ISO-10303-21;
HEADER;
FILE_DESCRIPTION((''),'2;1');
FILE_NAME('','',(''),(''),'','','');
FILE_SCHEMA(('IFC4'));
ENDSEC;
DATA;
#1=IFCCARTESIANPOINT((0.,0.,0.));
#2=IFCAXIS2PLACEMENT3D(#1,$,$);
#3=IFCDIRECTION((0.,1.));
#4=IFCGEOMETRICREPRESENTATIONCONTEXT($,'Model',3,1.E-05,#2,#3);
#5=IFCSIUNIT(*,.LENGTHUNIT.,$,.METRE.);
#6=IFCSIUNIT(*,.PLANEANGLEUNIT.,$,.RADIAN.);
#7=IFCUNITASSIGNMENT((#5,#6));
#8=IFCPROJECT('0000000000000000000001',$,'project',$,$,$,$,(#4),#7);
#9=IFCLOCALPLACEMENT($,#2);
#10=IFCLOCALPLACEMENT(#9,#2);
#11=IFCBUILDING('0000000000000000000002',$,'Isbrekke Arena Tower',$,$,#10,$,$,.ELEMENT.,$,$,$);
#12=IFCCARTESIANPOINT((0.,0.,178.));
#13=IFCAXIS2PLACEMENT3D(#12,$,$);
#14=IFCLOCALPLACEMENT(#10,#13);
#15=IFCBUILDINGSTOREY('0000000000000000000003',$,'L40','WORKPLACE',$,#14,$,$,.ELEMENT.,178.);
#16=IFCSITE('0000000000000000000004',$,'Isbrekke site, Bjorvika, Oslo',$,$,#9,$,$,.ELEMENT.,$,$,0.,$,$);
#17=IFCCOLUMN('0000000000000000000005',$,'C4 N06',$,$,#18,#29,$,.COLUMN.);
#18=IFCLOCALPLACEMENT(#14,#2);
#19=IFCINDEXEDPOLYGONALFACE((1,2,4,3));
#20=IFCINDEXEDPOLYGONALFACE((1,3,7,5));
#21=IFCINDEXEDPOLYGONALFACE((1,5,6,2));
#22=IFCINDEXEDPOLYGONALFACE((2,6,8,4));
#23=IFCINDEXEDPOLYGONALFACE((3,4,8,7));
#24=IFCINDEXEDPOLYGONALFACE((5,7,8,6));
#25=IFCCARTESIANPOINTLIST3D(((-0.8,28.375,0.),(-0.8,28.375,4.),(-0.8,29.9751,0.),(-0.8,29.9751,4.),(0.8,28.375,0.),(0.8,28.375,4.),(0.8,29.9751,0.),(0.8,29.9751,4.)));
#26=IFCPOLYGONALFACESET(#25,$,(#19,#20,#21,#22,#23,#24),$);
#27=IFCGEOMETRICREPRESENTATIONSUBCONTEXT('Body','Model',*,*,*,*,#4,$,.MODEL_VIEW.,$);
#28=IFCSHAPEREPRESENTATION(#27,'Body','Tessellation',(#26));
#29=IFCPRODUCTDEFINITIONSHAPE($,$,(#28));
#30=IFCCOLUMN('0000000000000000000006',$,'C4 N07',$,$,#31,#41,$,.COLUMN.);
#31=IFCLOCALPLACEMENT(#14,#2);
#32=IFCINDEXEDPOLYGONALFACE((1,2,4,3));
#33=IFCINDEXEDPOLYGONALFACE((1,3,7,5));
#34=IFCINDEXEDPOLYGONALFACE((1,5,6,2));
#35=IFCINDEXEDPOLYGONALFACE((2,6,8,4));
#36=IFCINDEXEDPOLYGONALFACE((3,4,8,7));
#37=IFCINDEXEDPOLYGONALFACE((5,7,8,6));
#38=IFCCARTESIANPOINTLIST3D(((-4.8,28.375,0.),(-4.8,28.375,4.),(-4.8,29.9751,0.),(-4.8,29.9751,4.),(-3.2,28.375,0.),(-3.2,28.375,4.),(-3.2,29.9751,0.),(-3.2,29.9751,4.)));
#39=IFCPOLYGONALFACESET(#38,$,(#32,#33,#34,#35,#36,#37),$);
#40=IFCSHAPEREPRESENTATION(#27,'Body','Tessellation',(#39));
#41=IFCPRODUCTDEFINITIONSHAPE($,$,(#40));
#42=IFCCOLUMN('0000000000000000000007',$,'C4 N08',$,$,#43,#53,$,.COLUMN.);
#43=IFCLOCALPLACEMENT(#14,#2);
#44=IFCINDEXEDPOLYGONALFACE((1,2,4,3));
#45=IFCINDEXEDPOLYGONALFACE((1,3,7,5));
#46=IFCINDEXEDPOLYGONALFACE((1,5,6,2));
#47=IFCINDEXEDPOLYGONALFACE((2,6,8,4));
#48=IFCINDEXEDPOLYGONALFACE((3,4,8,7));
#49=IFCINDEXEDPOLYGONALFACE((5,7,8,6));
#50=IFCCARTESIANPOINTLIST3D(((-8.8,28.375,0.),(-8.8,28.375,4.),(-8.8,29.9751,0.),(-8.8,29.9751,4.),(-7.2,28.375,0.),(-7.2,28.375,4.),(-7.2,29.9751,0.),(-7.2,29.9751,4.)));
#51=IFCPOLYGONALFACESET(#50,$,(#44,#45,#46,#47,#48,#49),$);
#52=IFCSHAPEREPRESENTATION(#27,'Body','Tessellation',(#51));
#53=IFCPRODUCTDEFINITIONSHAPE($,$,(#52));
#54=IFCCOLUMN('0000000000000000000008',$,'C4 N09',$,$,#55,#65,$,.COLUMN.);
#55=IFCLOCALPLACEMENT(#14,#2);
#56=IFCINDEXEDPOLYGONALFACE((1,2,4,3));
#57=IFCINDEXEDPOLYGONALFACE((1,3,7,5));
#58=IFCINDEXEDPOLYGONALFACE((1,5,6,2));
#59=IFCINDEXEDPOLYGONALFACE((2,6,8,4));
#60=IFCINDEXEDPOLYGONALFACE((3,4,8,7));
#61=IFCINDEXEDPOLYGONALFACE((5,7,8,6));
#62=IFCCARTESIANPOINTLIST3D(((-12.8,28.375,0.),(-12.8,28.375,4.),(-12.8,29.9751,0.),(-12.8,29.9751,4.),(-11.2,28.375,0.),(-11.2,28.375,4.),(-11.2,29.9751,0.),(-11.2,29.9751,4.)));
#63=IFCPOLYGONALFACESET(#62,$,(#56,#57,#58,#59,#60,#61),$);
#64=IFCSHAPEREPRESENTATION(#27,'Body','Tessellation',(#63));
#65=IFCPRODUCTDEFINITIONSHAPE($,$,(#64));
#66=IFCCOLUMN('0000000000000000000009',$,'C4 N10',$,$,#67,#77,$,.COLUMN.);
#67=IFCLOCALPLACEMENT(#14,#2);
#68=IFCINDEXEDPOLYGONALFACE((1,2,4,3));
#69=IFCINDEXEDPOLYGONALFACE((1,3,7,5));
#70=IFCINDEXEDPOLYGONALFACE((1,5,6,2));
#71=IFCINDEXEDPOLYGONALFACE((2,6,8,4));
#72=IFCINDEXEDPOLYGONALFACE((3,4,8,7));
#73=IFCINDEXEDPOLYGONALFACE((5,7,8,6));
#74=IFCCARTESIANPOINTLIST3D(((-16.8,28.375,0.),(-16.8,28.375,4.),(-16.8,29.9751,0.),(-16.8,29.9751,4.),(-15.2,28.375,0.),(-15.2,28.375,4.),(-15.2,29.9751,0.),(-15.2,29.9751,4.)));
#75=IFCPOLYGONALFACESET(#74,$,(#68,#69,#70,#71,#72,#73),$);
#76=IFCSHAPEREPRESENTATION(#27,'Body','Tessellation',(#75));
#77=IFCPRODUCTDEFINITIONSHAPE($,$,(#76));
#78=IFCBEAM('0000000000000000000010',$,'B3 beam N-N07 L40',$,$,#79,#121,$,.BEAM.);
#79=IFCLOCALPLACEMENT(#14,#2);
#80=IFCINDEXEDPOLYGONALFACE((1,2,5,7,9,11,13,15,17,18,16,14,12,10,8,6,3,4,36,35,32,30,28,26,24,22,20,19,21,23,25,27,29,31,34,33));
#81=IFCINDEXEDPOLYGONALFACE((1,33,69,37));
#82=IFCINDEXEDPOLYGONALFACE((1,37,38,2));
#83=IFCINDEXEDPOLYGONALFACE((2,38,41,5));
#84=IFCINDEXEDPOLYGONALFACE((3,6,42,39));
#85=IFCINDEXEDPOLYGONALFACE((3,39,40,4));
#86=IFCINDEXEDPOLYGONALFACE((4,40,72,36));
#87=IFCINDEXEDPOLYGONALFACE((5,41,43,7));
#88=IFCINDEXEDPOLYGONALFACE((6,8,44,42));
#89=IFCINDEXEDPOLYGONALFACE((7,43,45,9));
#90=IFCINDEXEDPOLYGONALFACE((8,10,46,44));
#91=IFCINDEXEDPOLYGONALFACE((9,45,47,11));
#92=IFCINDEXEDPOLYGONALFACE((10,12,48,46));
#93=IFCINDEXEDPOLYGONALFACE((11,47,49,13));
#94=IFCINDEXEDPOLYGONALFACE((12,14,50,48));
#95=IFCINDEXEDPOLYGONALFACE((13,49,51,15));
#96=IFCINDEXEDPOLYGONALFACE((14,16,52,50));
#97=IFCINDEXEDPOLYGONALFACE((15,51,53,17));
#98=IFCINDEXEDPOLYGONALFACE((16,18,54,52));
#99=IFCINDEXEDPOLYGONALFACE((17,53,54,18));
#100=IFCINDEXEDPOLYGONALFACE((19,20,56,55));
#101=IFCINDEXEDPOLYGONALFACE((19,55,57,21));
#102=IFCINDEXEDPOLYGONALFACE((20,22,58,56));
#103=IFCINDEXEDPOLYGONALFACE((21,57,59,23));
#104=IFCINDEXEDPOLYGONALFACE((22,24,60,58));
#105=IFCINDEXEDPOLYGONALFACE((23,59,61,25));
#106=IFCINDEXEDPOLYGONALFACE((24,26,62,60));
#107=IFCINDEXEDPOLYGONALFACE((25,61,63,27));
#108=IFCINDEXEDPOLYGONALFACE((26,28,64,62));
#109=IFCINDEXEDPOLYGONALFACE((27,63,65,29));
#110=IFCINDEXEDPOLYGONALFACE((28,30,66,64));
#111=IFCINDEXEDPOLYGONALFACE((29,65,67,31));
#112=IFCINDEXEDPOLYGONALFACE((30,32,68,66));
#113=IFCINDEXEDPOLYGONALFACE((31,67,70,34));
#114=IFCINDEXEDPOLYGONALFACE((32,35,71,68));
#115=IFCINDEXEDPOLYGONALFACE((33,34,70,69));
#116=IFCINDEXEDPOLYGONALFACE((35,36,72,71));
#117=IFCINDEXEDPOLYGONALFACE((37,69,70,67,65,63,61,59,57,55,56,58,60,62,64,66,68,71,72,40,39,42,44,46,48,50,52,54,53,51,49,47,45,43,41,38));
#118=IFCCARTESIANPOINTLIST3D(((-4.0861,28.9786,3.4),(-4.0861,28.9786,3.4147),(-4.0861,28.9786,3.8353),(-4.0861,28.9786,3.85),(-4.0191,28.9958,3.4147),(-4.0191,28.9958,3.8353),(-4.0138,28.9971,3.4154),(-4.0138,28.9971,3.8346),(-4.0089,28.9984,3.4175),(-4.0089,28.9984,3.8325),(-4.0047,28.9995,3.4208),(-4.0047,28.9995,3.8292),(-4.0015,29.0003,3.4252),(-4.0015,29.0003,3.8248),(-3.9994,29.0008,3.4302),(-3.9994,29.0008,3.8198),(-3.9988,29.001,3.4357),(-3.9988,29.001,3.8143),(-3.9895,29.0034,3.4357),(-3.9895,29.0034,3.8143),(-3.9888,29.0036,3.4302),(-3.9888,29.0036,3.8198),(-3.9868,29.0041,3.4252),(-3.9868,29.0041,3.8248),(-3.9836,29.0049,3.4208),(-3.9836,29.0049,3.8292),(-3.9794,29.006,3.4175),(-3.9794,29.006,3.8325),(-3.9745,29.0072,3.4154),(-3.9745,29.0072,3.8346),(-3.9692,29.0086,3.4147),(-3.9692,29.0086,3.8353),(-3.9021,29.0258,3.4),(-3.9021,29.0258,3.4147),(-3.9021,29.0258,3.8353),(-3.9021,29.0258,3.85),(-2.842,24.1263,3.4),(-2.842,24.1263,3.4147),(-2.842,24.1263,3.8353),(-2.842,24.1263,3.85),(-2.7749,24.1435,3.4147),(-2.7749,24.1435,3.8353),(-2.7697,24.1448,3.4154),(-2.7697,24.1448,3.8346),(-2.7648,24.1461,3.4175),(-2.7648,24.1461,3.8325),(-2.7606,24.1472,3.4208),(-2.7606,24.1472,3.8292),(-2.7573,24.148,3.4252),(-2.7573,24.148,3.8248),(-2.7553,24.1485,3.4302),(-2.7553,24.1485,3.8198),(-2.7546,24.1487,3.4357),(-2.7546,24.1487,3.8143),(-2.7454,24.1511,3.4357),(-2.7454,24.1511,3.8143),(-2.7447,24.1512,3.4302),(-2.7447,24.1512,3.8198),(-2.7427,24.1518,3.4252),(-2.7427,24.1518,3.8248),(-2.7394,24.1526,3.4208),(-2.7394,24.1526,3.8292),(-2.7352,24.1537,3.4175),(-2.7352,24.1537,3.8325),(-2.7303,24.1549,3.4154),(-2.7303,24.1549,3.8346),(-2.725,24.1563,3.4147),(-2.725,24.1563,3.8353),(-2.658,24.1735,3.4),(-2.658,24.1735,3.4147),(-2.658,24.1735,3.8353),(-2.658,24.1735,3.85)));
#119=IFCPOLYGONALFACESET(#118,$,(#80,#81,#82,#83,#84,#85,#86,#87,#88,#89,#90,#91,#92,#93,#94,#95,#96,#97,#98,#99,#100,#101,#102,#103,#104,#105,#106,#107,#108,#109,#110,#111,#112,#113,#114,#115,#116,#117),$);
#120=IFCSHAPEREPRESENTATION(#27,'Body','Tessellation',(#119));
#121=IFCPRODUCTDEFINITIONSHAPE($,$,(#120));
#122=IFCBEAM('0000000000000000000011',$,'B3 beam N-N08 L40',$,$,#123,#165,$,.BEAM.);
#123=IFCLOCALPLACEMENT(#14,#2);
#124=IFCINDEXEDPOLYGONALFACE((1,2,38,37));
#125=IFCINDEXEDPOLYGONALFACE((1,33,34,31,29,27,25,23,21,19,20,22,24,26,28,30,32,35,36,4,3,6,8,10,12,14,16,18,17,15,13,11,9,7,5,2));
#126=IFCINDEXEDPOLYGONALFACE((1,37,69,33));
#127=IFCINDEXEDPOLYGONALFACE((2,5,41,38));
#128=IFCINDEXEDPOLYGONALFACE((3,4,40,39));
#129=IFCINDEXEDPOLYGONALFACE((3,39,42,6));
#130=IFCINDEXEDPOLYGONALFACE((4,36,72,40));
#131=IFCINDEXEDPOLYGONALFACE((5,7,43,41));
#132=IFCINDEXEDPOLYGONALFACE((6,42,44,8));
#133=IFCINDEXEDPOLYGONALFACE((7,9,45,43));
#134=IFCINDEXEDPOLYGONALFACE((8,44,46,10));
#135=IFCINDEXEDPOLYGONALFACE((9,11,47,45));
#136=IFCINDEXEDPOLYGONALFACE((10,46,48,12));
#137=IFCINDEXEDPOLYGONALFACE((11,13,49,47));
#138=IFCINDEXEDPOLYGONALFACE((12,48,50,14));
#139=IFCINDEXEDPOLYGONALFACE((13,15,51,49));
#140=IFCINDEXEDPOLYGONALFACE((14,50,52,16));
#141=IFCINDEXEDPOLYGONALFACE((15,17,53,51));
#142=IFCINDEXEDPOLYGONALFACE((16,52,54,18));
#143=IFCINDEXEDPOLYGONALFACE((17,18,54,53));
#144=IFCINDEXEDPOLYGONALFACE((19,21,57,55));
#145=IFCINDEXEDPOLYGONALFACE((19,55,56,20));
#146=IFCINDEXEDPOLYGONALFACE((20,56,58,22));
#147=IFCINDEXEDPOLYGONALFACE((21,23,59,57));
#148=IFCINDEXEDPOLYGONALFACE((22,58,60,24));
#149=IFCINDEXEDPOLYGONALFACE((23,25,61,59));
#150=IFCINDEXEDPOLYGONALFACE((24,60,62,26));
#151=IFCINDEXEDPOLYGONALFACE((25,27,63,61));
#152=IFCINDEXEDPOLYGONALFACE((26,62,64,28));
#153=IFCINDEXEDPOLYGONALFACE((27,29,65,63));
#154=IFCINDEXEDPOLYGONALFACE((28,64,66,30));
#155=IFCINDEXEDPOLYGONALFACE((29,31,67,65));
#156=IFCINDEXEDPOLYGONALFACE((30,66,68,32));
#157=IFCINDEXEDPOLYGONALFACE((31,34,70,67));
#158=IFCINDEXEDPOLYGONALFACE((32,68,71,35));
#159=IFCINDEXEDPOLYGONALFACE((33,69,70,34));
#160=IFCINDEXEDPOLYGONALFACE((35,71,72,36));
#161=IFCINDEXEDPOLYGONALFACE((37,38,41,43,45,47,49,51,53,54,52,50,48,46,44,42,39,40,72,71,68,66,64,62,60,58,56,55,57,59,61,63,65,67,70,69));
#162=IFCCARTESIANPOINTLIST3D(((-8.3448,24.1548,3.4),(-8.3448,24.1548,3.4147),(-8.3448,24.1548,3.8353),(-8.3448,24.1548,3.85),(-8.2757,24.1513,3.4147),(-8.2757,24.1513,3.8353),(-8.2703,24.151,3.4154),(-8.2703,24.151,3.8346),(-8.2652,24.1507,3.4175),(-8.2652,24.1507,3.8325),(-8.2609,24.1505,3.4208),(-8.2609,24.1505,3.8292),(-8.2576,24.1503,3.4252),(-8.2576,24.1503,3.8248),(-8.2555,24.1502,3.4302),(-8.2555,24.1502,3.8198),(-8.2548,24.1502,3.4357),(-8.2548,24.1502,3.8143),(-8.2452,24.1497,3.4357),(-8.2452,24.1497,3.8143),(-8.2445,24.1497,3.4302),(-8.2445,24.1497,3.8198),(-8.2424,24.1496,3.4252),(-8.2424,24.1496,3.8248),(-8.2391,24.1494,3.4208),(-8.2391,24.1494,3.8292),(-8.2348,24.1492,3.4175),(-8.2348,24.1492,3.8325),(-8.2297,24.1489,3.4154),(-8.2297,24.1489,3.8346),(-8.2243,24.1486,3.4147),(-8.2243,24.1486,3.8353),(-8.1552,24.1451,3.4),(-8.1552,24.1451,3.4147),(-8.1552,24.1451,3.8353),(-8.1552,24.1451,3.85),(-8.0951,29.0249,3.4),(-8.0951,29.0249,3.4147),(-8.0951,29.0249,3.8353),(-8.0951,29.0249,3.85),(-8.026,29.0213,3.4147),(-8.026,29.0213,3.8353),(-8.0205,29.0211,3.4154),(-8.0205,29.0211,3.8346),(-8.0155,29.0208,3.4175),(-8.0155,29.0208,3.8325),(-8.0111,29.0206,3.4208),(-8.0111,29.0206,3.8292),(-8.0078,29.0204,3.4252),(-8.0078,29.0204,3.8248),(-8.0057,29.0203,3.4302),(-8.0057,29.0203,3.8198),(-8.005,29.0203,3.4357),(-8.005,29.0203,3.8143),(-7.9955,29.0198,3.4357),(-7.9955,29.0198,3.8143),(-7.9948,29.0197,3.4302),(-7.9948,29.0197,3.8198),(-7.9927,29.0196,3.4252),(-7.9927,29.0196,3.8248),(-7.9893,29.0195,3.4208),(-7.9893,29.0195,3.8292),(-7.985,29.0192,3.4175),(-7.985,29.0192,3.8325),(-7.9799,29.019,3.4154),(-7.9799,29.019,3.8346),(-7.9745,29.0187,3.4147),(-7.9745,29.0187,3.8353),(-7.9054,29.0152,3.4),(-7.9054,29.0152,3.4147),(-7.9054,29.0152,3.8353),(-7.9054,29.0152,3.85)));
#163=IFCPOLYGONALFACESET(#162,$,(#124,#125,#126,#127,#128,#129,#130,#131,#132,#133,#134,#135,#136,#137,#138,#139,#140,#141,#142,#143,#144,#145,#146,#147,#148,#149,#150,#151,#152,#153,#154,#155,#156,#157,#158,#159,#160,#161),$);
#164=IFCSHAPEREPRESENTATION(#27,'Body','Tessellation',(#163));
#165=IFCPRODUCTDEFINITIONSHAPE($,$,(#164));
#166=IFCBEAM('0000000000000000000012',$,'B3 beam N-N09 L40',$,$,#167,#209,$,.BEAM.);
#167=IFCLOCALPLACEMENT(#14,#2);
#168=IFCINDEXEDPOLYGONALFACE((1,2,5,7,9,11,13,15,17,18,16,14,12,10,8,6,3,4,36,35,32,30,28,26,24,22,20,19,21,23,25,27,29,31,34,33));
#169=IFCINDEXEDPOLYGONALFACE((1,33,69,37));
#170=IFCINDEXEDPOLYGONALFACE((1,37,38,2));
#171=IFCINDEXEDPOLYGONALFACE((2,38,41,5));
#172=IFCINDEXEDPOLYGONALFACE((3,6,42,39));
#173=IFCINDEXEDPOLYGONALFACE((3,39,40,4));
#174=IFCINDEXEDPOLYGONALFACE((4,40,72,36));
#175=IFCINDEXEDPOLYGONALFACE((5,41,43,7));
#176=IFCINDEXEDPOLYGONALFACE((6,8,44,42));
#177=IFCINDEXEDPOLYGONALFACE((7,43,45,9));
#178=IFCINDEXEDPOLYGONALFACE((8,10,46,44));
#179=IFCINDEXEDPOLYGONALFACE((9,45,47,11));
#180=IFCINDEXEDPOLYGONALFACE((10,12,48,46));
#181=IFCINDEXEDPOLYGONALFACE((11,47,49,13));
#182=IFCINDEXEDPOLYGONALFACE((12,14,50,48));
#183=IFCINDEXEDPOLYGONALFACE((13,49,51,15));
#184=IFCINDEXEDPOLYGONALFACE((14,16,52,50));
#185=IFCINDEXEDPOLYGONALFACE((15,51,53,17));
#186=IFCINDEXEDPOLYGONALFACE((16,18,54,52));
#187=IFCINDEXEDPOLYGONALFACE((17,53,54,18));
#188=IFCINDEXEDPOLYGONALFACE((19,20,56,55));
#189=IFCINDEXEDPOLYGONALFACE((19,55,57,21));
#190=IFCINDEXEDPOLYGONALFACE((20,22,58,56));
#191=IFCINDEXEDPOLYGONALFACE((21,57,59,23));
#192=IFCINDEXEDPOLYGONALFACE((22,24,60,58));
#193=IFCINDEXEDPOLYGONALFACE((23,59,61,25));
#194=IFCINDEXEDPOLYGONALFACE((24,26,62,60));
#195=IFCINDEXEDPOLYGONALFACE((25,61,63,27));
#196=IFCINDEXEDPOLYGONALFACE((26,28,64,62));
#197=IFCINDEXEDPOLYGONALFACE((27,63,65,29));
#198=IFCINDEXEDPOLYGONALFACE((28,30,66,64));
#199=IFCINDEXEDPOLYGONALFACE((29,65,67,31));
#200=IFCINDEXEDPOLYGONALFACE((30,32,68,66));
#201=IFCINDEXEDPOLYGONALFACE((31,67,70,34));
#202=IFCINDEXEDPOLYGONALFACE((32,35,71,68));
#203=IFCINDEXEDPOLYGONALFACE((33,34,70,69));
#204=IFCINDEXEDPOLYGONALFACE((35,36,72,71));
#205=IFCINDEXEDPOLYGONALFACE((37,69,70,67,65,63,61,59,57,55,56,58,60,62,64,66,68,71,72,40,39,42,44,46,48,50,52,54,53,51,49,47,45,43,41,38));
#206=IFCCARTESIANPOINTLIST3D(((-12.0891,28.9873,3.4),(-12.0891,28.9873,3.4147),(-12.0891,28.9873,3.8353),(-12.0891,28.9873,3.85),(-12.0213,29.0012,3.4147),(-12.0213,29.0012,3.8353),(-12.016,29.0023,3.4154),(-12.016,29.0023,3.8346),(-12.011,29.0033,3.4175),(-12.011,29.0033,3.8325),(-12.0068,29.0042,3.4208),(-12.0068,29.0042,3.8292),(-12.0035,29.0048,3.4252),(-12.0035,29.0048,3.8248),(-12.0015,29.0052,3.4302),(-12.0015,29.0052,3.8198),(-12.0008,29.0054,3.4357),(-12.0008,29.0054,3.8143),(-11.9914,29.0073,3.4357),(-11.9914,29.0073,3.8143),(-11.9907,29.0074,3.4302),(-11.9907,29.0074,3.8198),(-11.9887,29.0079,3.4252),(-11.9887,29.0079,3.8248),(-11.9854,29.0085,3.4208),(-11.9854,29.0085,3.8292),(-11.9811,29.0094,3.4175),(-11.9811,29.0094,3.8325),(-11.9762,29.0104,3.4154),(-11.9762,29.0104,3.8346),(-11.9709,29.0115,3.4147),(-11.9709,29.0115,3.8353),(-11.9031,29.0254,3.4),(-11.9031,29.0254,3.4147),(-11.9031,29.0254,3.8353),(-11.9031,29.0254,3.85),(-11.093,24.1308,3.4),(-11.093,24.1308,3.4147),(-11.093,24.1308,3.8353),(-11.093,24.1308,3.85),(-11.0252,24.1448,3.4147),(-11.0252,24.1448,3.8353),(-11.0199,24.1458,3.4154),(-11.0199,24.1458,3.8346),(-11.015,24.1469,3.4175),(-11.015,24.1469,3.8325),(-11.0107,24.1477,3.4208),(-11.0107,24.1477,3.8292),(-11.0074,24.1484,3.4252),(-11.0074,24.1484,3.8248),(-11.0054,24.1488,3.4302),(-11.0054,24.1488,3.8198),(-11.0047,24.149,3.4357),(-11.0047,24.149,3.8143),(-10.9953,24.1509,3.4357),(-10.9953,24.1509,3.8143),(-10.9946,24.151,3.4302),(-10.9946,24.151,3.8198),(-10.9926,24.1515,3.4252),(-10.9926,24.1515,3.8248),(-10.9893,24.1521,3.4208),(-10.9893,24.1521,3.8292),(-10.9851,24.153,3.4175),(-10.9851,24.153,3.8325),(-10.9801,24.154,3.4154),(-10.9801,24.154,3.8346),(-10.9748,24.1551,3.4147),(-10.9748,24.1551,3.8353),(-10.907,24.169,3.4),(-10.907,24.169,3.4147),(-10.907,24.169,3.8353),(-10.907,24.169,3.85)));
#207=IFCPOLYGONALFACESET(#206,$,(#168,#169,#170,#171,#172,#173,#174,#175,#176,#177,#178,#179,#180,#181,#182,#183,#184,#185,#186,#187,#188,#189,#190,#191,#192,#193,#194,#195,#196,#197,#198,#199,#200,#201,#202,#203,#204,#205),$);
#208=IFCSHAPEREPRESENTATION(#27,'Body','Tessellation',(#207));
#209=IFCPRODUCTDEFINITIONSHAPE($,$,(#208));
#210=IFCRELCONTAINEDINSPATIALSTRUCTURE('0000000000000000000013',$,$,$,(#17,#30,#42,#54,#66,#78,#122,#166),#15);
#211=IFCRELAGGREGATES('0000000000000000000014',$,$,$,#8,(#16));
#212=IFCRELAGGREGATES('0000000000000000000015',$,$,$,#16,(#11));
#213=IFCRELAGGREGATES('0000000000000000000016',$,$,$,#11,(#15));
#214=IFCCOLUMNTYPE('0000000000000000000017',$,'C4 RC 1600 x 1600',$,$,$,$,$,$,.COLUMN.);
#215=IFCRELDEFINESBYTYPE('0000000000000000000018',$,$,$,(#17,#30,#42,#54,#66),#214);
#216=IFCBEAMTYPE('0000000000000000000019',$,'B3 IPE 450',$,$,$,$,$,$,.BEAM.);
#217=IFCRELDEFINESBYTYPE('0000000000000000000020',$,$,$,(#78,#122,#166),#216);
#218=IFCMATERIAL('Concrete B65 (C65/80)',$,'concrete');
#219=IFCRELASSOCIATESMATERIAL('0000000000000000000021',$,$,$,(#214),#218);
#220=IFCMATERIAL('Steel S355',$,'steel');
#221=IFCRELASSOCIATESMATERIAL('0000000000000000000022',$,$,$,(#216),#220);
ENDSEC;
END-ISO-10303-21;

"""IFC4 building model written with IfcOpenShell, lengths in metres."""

from ifc_helpers import new_model, si_unit, direction, frame, origin, origin_2d, place, context, subcontext, project, spatial, rectangle, i_section, extrude, material, material_profile, profile_set, type_object, element, save


model = new_model("IFC4")

# Units and contexts
model_context = context("Model", 3, precision=1e-05, world=origin(), true_north=direction((0.0, 1.0)))
body_context = subcontext(model_context, "Body", "Model", "MODEL_VIEW")
ifc_project = project(units=[si_unit("LENGTHUNIT", "METRE"), si_unit("PLANEANGLEUNIT", "RADIAN")], contexts=[model_context])

# Site, building, storey
site_placement = place(None, origin())
site = spatial("IfcSite", under=ifc_project, at=site_placement, Name="Isbrekke site, Bjorvika, Oslo", CompositionType="ELEMENT", RefElevation=0.0)
building_placement = place(site_placement, origin())
building = spatial("IfcBuilding", under=site, at=building_placement, Name="Isbrekke Arena Tower", CompositionType="ELEMENT")
storey_placement = place(building_placement, frame((0.0, 0.0, 178.0)))
storey = spatial("IfcBuildingStorey", under=building, at=storey_placement, Name="L40", Description="WORKPLACE", CompositionType="ELEMENT", Elevation=178.0)

# Columns
ifc_material_1 = material(Name="Concrete B65 (C65/80)", Category="concrete")
ifc_material_profile_1 = material_profile(ifc_material_1, rectangle(XDim=1.6001, YDim=1.6001, at=origin_2d()), Name="RC 1600x1600")
ifc_profile_set_1 = profile_set([ifc_material_profile_1], Name="Concrete B65 (C65/80)")
column_type = type_object("IfcColumnType", Name="C4 RC 1600 x 1600", PredefinedType="COLUMN", material=ifc_profile_set_1)
for number, where, z_axis, x_axis, name in (
    (1, (0.0, 29.175, 0.0), (0.0, 0.0, 1.0), (-1.0, 0.0, 0.0), "C4 N06"),
    (2, (-4.0, 29.175, 0.0), (0.0, 0.0, 1.0), (-1.0, 0.0, 0.0), "C4 N07"),
    (3, (-8.0, 29.175, 0.0), (0.0, 0.0, 1.0), (-1.0, 0.0, 0.0), "C4 N08"),
    (4, (-12.0, 29.175, 0.0), (0.0, 0.0, 1.0), (-1.0, 0.0, 0.0), "C4 N09"),
    (5, (-16.0, 29.175, 0.0), (0.0, 0.0, 1.0), (-1.0, 0.0, 0.0), "C4 N10"),
):
    element("IfcColumn", number, at=place(storey_placement, frame(where, z_axis=z_axis, x_axis=x_axis)), inside=storey, type_object=column_type, Name=name, PredefinedType="COLUMN", context=body_context, shape_type="SweptSolid", body=[
        extrude(rectangle(XDim=1.6001, YDim=1.6001, at=origin_2d()), origin(), (0.0, 0.0, 1.0), 4.0),
    ])

# Beams
ifc_material_2 = material(Name="Steel S355", Category="steel")
ifc_material_profile_2 = material_profile(ifc_material_2, i_section(OverallWidth=0.1899, OverallDepth=0.45, WebThickness=0.0095, FlangeThickness=0.0146, FilletRadius=0.021, at=origin_2d()), Name="IPE 450")
ifc_profile_set_2 = profile_set([ifc_material_profile_2], Name="Steel S355")
beam_type_1 = type_object("IfcBeamType", Name="B3 IPE 450", PredefinedType="BEAM", material=ifc_profile_set_2)
beam_1_placement = place(storey_placement, frame((-3.9941, 29.0022, 3.625), z_axis=(0.248368, -0.968666, 0.0), x_axis=(0.968666, 0.248368, 0.0)))
element("IfcBeam", 6, at=beam_1_placement, inside=storey, type_object=beam_type_1, Name="B3 beam N-N07 L40", PredefinedType="BEAM", context=body_context, shape_type="SweptSolid", body=[
    extrude(i_section(OverallWidth=0.1899, OverallDepth=0.45, WebThickness=0.0095, FlangeThickness=0.0146, FilletRadius=0.021, at=origin_2d()), origin(), (0.0, 0.0, 1.0), 5.0093),
])
beam_2_placement = place(storey_placement, frame((-8.0002, 29.02, 3.625), z_axis=(-0.051216, -0.998688, 0.0), x_axis=(0.998688, -0.051216, 0.0)))
element("IfcBeam", 7, at=beam_2_placement, inside=storey, type_object=beam_type_1, Name="B3 beam N-N08 L40", PredefinedType="BEAM", context=body_context, shape_type="SweptSolid", body=[
    extrude(i_section(OverallWidth=0.1899, OverallDepth=0.45, WebThickness=0.0095, FlangeThickness=0.0146, FilletRadius=0.021, at=origin_2d()), origin(), (0.0, 0.0, 1.0), 4.8765),
])
beam_3_placement = place(storey_placement, frame((-11.9961, 29.0063, 3.625), z_axis=(0.200925, -0.979607, 0.0), x_axis=(0.979607, 0.200925, 0.0)))
element("IfcBeam", 8, at=beam_3_placement, inside=storey, type_object=beam_type_1, Name="B3 beam N-N09 L40", PredefinedType="BEAM", context=body_context, shape_type="SweptSolid", body=[
    extrude(i_section(OverallWidth=0.1899, OverallDepth=0.45, WebThickness=0.0095, FlangeThickness=0.0146, FilletRadius=0.021, at=origin_2d()), origin(), (0.0, 0.0, 1.0), 4.9575),
])

save(model, "model.ifc")
